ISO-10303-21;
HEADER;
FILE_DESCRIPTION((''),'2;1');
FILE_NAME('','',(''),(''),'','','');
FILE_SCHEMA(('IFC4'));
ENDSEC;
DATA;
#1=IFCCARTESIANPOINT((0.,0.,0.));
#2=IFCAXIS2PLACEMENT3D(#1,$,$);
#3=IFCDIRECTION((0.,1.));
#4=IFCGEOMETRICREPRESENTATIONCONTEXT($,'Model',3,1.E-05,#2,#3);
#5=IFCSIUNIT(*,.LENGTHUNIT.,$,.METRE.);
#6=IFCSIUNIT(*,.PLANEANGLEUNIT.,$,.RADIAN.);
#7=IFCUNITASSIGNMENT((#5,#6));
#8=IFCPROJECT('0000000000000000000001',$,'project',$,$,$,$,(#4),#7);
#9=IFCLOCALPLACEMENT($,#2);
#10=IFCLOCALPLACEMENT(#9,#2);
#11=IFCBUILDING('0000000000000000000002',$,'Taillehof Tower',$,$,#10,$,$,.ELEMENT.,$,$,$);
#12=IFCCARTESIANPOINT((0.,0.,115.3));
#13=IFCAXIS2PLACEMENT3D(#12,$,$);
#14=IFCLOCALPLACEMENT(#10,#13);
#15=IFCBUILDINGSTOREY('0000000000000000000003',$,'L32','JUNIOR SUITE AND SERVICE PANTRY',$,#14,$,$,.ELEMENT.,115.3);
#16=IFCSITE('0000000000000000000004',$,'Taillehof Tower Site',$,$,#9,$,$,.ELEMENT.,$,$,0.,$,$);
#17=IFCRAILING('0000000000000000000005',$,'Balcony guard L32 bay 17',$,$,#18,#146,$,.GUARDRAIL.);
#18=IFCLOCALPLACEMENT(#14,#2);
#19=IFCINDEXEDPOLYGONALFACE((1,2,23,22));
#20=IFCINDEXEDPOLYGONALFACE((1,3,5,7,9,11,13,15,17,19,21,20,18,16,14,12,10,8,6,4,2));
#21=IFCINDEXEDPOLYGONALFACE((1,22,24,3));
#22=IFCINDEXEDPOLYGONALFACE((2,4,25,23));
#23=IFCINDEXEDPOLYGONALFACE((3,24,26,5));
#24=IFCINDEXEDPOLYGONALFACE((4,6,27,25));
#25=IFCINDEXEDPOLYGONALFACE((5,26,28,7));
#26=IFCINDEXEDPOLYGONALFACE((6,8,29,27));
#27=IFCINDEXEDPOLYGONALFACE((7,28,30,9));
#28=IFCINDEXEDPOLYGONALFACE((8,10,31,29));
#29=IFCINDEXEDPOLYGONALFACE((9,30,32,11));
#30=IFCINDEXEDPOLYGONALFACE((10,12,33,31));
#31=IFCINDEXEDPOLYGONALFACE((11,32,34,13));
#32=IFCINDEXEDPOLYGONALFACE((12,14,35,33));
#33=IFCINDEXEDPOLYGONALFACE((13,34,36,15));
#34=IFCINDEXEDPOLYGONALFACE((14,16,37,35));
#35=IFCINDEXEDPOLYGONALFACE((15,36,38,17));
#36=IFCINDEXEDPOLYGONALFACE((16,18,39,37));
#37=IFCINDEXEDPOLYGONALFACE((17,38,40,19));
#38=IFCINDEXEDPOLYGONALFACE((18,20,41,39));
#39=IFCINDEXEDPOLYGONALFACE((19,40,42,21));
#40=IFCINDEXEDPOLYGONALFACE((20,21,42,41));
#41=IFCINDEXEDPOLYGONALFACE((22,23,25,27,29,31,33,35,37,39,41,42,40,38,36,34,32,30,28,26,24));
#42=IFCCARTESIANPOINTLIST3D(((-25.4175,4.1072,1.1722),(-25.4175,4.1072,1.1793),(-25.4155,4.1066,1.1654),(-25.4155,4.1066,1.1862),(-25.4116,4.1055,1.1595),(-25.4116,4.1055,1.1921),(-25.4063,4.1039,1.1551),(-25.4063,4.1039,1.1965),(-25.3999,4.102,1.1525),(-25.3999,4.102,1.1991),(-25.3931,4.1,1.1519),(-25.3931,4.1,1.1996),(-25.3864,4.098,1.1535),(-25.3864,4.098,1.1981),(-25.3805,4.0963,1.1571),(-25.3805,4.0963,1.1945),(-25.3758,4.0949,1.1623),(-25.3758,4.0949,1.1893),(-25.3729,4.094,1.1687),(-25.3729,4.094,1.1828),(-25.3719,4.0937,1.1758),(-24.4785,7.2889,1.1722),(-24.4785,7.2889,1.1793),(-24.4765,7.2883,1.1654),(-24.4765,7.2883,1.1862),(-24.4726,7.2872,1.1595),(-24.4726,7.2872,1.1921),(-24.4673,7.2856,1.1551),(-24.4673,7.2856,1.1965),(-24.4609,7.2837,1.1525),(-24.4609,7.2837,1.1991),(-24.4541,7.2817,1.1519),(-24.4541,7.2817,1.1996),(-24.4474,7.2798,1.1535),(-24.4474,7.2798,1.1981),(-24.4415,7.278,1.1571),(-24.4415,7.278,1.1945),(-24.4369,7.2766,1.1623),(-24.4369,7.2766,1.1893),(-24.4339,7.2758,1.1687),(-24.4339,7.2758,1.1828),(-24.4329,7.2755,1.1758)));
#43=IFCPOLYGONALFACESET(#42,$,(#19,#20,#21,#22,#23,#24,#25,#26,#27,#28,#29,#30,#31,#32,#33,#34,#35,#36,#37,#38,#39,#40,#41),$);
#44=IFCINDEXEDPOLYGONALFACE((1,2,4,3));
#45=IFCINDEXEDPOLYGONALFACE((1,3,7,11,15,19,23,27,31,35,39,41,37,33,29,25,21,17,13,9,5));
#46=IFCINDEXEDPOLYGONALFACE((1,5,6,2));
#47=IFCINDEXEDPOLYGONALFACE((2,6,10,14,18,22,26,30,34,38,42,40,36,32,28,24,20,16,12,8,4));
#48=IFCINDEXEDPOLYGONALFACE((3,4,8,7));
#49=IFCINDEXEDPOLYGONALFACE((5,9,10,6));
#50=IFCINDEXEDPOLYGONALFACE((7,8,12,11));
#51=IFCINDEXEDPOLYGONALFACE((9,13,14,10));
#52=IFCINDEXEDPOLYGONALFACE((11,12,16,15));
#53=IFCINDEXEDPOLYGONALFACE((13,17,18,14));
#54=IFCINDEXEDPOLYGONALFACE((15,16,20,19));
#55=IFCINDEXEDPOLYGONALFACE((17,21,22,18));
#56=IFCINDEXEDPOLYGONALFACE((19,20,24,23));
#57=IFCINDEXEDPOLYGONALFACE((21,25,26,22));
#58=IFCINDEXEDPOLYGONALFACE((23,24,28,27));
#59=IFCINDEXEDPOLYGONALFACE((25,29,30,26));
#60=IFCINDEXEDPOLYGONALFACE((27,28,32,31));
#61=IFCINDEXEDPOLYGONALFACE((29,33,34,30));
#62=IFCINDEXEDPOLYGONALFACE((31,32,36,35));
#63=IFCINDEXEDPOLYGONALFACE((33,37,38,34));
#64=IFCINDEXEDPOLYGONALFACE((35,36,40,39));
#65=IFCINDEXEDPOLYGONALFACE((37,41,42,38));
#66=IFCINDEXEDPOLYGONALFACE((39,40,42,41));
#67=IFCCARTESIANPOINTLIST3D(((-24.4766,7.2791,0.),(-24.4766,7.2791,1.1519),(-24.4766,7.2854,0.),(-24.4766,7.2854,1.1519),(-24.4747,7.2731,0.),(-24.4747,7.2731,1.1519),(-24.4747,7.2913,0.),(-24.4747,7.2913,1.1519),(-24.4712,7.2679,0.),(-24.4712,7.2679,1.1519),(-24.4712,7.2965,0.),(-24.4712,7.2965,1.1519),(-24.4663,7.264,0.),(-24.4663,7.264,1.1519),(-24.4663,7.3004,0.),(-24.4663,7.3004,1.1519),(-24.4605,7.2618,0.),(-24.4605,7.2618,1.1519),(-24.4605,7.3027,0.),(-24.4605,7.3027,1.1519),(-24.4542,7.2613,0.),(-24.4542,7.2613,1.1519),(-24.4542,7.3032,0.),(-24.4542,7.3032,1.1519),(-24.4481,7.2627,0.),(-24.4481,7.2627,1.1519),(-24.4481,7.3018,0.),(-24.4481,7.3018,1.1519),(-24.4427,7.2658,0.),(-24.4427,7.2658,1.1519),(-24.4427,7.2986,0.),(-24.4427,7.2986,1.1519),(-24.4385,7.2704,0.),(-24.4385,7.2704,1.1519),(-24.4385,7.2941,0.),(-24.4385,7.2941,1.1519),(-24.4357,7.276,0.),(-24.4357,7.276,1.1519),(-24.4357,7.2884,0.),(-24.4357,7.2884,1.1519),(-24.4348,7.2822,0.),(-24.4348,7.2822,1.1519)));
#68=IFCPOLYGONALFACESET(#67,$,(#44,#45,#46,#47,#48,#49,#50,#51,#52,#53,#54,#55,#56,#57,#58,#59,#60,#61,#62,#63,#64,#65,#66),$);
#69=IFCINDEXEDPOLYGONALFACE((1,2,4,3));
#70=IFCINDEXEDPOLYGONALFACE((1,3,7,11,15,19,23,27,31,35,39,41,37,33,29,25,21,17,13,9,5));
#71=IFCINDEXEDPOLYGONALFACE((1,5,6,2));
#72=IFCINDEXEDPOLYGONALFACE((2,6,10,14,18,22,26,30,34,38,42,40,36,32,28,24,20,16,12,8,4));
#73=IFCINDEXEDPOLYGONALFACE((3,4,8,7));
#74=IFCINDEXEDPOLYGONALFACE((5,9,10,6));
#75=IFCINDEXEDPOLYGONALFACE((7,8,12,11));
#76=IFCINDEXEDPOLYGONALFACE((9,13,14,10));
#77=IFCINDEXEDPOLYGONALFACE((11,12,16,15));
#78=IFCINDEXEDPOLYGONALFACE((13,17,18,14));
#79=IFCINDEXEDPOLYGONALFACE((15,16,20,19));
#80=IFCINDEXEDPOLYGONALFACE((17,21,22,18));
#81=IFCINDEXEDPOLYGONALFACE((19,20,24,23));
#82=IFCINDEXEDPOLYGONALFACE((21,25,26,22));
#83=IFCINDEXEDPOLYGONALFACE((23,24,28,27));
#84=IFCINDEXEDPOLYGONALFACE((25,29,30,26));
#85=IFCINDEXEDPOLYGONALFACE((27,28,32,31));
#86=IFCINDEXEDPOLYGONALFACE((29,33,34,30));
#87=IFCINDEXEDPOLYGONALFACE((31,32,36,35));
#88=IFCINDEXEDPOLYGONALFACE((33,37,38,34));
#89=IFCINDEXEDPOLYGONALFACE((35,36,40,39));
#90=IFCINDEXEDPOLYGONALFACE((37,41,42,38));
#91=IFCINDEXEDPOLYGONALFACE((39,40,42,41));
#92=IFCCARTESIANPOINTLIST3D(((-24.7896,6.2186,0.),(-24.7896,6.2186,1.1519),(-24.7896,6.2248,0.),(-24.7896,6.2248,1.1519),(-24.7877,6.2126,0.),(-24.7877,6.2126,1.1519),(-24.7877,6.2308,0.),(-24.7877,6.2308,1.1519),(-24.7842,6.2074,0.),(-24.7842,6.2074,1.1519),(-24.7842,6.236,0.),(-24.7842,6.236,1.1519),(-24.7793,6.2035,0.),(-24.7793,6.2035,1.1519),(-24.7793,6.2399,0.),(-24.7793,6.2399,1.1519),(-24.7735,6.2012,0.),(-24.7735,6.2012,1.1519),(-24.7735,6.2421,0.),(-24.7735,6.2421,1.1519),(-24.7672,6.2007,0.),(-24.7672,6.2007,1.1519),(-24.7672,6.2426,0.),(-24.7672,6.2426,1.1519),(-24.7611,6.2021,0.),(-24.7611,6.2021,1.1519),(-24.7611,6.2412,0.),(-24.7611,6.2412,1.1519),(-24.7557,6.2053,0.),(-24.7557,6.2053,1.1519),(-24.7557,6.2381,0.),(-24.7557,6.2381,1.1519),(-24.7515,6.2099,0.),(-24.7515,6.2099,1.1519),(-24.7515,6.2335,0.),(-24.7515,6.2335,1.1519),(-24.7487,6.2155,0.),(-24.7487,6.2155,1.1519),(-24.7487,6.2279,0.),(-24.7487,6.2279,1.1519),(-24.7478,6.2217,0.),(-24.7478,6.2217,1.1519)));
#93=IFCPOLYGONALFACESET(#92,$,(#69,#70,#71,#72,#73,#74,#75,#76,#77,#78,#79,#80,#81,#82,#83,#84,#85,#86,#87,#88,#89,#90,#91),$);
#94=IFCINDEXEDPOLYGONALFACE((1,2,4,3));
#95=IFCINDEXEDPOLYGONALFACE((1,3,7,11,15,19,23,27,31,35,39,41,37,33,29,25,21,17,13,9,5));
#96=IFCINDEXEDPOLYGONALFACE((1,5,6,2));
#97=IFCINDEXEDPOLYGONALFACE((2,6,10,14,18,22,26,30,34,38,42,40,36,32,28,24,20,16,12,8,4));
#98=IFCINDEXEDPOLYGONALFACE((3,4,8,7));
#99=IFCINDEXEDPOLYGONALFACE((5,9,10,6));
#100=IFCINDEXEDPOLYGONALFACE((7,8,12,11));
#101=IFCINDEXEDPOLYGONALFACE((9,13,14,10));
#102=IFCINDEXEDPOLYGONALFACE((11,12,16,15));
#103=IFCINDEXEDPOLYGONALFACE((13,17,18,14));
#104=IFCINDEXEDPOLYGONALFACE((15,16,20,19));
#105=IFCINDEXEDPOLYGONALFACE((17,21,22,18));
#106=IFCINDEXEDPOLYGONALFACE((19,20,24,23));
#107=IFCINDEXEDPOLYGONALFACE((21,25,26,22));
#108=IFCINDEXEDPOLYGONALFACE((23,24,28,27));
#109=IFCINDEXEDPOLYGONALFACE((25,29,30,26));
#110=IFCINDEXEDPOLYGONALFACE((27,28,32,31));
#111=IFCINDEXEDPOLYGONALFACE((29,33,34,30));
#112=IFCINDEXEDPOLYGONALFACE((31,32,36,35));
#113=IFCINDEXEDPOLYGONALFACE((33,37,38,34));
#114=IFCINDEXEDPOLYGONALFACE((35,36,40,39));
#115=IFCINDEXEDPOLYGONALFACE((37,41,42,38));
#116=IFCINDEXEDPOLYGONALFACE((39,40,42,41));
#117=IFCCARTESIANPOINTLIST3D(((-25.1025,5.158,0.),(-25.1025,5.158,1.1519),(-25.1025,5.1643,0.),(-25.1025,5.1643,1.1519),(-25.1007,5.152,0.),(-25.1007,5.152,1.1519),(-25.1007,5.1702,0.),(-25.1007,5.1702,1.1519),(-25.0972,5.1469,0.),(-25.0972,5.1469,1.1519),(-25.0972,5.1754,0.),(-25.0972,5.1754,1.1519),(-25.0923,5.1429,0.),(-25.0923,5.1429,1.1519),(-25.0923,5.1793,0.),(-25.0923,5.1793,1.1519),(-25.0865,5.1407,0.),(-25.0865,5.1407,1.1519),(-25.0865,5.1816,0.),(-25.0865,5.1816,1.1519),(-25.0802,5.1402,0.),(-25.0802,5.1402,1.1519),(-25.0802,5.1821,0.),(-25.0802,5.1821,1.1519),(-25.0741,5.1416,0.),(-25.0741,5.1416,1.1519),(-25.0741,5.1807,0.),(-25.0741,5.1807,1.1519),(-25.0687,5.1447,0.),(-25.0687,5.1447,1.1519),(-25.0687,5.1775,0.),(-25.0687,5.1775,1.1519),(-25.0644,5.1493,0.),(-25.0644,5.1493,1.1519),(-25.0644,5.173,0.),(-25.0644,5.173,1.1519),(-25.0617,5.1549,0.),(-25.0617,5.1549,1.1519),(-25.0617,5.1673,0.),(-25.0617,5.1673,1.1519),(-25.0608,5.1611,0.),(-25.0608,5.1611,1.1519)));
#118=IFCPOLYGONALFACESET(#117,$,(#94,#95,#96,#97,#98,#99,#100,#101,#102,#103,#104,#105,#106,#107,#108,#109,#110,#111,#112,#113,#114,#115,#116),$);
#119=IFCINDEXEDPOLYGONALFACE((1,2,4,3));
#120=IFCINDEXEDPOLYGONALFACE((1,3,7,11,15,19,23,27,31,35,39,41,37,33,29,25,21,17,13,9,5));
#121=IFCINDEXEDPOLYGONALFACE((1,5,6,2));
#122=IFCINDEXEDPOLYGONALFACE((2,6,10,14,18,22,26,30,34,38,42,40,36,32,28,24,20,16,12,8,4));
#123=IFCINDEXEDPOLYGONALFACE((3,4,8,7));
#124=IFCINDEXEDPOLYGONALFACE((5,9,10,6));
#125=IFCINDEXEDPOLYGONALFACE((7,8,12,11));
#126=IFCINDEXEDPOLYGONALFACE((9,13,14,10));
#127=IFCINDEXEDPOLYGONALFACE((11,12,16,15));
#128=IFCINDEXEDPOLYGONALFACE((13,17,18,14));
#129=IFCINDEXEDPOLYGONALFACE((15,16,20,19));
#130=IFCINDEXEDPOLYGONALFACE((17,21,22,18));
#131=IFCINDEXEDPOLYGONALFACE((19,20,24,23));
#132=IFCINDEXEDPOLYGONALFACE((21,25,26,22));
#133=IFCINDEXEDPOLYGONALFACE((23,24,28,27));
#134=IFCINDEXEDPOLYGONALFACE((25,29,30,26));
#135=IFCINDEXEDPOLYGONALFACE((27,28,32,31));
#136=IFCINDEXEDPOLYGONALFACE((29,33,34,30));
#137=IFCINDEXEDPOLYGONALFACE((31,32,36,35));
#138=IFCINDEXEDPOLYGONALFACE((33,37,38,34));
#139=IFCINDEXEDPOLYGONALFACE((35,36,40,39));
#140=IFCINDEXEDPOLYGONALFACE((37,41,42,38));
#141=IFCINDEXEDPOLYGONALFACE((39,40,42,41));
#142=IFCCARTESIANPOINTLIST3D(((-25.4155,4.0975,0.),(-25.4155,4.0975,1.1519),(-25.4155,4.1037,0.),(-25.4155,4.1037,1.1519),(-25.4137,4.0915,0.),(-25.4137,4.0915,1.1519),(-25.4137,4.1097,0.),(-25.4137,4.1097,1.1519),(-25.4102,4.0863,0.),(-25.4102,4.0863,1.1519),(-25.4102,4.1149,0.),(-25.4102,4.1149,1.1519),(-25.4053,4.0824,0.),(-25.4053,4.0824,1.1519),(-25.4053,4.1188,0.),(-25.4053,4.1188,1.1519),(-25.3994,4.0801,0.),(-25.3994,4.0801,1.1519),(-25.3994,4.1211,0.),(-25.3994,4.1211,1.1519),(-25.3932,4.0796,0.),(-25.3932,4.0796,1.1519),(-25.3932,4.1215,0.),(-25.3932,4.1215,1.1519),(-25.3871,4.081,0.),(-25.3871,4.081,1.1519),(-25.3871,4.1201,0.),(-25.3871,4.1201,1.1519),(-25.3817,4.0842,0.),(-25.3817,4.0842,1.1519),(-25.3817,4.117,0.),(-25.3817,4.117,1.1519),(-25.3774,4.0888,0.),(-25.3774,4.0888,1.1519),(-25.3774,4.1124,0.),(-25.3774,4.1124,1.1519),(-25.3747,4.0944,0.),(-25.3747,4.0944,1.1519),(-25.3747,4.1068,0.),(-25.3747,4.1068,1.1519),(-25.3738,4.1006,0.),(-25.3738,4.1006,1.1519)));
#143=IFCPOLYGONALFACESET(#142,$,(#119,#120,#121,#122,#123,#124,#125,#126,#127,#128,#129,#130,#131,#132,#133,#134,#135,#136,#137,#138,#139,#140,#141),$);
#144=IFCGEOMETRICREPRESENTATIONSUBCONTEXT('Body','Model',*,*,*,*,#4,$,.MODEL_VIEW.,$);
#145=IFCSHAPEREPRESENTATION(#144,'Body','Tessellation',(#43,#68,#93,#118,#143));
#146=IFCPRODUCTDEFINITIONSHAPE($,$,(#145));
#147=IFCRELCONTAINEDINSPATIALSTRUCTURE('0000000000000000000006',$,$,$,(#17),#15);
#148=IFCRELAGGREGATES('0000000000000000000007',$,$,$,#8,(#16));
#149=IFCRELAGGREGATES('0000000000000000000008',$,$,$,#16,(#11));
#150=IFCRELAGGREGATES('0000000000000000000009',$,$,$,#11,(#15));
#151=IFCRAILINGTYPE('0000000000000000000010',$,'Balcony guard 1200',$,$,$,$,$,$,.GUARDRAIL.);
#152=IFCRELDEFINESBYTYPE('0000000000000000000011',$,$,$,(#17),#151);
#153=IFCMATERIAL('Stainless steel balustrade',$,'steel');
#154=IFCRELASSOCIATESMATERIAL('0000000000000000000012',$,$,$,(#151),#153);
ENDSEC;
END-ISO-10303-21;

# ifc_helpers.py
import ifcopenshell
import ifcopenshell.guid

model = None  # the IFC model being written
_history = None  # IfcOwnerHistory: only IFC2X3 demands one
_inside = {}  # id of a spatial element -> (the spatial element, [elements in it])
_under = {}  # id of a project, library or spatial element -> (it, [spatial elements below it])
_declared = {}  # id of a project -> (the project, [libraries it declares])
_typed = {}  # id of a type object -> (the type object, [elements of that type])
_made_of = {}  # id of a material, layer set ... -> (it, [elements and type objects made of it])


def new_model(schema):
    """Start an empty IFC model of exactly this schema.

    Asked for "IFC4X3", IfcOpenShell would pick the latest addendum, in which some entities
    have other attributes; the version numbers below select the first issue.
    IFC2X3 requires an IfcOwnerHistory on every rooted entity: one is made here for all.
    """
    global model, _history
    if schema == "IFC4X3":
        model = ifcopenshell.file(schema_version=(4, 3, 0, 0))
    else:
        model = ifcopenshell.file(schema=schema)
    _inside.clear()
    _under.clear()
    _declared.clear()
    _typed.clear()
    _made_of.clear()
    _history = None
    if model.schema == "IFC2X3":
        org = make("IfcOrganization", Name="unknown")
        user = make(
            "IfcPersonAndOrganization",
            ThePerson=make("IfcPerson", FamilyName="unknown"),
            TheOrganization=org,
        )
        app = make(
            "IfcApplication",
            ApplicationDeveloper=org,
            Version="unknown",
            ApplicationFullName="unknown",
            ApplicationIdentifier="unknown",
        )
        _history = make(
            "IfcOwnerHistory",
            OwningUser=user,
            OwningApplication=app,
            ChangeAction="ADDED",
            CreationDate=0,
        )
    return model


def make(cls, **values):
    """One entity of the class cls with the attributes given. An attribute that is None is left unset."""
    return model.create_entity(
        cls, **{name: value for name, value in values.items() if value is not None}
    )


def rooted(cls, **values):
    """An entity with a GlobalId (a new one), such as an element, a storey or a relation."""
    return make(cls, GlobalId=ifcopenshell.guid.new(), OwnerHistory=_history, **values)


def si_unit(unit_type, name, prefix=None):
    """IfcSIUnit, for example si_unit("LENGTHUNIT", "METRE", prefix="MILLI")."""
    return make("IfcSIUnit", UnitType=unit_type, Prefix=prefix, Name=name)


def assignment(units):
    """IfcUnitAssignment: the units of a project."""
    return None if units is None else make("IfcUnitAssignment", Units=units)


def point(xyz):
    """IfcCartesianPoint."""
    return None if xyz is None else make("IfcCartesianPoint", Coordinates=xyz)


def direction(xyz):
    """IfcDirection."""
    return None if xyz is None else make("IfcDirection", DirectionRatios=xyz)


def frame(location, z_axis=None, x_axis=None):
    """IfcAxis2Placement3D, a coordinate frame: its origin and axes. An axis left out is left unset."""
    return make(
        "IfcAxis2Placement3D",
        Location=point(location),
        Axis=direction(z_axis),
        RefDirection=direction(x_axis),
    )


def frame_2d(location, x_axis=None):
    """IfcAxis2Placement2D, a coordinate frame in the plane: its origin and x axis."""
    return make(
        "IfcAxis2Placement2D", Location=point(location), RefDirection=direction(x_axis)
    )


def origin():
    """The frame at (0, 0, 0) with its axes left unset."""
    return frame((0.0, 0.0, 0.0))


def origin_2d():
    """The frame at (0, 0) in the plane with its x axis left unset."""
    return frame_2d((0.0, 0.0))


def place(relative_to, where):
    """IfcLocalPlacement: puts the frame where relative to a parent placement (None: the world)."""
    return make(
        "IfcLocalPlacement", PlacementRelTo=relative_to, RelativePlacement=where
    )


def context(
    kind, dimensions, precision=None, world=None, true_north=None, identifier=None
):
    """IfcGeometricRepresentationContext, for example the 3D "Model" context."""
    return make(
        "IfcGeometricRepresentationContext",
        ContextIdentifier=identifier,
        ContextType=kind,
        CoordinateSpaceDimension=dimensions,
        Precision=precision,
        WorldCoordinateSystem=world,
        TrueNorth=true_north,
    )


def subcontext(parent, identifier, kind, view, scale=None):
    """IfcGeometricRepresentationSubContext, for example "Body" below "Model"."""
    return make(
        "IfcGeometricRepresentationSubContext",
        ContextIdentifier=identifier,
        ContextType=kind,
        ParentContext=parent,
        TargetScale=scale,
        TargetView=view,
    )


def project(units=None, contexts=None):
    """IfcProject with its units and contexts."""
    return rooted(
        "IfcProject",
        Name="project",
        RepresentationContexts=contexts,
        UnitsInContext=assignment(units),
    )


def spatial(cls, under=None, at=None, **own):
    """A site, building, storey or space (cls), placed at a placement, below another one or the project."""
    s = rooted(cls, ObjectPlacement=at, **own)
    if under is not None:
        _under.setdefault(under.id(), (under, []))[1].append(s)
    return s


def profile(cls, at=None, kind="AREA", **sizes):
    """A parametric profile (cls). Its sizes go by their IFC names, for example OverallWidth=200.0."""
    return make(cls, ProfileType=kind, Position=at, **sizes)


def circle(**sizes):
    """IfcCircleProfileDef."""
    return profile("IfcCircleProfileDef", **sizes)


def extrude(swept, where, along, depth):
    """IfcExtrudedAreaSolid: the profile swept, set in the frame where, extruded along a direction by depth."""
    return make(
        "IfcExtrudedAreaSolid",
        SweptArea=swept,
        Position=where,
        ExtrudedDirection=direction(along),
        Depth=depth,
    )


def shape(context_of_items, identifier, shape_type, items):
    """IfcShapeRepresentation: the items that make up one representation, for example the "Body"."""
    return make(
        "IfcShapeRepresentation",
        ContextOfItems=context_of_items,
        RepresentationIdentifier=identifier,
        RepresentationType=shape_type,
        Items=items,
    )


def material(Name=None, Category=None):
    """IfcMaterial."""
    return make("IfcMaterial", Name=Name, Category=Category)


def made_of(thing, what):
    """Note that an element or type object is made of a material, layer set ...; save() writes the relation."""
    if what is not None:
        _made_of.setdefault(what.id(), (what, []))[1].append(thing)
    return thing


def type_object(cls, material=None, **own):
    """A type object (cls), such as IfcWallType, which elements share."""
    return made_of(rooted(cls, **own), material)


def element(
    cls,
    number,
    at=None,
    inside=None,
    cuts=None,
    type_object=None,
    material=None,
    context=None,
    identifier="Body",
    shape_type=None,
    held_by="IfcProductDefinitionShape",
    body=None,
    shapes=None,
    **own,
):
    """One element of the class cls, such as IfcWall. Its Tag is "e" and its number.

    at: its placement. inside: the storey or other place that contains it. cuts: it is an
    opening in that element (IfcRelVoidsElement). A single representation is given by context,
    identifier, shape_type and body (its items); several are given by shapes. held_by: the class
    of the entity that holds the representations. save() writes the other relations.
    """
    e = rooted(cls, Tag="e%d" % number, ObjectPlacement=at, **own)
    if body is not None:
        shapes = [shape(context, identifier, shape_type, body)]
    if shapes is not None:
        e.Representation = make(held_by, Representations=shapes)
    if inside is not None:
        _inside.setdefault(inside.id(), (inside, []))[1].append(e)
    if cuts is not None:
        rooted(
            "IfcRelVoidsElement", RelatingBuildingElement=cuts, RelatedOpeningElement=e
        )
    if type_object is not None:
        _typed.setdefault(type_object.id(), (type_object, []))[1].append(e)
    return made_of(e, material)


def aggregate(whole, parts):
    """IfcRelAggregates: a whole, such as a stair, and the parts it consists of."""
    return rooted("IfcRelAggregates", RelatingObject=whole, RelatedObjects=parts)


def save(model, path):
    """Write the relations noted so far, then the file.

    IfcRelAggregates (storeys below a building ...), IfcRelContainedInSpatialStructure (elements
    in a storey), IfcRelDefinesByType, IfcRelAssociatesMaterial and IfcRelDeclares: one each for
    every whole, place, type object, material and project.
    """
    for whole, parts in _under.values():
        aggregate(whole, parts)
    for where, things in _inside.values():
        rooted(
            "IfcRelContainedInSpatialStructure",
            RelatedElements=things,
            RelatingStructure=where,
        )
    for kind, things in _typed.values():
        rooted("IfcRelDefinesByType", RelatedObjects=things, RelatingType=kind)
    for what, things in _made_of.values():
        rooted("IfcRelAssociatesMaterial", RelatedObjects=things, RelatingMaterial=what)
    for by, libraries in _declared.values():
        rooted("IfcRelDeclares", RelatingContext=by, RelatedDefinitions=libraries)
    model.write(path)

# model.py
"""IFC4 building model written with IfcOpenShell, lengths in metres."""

from ifc_helpers import new_model, si_unit, direction, frame, origin, origin_2d, place, context, subcontext, project, spatial, circle, extrude, material, type_object, element, save


model = new_model("IFC4")

# Units and contexts
model_context = context("Model", 3, precision=1e-05, world=origin(), true_north=direction((0.0, 1.0)))
body_context = subcontext(model_context, "Body", "Model", "MODEL_VIEW")
ifc_project = project(units=[si_unit("LENGTHUNIT", "METRE"), si_unit("PLANEANGLEUNIT", "RADIAN")], contexts=[model_context])

# Site, building, storey
site_placement = place(None, origin())
site = spatial("IfcSite", under=ifc_project, at=site_placement, Name="Taillehof Tower Site", CompositionType="ELEMENT", RefElevation=0.0)
building_placement = place(site_placement, origin())
building = spatial("IfcBuilding", under=site, at=building_placement, Name="Taillehof Tower", CompositionType="ELEMENT")
storey_placement = place(building_placement, frame((0.0, 0.0, 115.3)))
storey = spatial("IfcBuildingStorey", under=building, at=storey_placement, Name="L32", Description="JUNIOR SUITE AND SERVICE PANTRY", CompositionType="ELEMENT", Elevation=115.3)

# Railing
ifc_material_1 = material(Name="Stainless steel balustrade", Category="steel")
railing_type = type_object("IfcRailingType", Name="Balcony guard 1200", PredefinedType="GUARDRAIL", material=ifc_material_1)
railing_placement = place(storey_placement, frame((-24.4558, 7.2822, 0.0)))
element("IfcRailing", 1, at=railing_placement, inside=storey, type_object=railing_type, Name="Balcony guard L32 bay 17", PredefinedType="GUARDRAIL", context=body_context, shape_type="SweptSolid", body=[
    extrude(circle(Radius=0.0239, at=origin_2d()), frame((0.0, 0.0, 1.1758), z_axis=(-0.283051, -0.959105, 0.0), x_axis=(0.959105, -0.283051, 0.0)), (0.0, 0.0, 1.0), 3.3174),
    extrude(circle(Radius=0.021, at=origin_2d()), origin(), (0.0, 0.0, 1.0), 1.1519),
    extrude(circle(Radius=0.021, at=origin_2d()), frame((-0.313, -1.0605, 0.0)), (0.0, 0.0, 1.0), 1.1519),
    extrude(circle(Radius=0.021, at=origin_2d()), frame((-0.626, -2.1211, 0.0)), (0.0, 0.0, 1.0), 1.1519),
    extrude(circle(Radius=0.021, at=origin_2d()), frame((-0.939, -3.1816, 0.0)), (0.0, 0.0, 1.0), 1.1519),
])

save(model, "model.ifc")
